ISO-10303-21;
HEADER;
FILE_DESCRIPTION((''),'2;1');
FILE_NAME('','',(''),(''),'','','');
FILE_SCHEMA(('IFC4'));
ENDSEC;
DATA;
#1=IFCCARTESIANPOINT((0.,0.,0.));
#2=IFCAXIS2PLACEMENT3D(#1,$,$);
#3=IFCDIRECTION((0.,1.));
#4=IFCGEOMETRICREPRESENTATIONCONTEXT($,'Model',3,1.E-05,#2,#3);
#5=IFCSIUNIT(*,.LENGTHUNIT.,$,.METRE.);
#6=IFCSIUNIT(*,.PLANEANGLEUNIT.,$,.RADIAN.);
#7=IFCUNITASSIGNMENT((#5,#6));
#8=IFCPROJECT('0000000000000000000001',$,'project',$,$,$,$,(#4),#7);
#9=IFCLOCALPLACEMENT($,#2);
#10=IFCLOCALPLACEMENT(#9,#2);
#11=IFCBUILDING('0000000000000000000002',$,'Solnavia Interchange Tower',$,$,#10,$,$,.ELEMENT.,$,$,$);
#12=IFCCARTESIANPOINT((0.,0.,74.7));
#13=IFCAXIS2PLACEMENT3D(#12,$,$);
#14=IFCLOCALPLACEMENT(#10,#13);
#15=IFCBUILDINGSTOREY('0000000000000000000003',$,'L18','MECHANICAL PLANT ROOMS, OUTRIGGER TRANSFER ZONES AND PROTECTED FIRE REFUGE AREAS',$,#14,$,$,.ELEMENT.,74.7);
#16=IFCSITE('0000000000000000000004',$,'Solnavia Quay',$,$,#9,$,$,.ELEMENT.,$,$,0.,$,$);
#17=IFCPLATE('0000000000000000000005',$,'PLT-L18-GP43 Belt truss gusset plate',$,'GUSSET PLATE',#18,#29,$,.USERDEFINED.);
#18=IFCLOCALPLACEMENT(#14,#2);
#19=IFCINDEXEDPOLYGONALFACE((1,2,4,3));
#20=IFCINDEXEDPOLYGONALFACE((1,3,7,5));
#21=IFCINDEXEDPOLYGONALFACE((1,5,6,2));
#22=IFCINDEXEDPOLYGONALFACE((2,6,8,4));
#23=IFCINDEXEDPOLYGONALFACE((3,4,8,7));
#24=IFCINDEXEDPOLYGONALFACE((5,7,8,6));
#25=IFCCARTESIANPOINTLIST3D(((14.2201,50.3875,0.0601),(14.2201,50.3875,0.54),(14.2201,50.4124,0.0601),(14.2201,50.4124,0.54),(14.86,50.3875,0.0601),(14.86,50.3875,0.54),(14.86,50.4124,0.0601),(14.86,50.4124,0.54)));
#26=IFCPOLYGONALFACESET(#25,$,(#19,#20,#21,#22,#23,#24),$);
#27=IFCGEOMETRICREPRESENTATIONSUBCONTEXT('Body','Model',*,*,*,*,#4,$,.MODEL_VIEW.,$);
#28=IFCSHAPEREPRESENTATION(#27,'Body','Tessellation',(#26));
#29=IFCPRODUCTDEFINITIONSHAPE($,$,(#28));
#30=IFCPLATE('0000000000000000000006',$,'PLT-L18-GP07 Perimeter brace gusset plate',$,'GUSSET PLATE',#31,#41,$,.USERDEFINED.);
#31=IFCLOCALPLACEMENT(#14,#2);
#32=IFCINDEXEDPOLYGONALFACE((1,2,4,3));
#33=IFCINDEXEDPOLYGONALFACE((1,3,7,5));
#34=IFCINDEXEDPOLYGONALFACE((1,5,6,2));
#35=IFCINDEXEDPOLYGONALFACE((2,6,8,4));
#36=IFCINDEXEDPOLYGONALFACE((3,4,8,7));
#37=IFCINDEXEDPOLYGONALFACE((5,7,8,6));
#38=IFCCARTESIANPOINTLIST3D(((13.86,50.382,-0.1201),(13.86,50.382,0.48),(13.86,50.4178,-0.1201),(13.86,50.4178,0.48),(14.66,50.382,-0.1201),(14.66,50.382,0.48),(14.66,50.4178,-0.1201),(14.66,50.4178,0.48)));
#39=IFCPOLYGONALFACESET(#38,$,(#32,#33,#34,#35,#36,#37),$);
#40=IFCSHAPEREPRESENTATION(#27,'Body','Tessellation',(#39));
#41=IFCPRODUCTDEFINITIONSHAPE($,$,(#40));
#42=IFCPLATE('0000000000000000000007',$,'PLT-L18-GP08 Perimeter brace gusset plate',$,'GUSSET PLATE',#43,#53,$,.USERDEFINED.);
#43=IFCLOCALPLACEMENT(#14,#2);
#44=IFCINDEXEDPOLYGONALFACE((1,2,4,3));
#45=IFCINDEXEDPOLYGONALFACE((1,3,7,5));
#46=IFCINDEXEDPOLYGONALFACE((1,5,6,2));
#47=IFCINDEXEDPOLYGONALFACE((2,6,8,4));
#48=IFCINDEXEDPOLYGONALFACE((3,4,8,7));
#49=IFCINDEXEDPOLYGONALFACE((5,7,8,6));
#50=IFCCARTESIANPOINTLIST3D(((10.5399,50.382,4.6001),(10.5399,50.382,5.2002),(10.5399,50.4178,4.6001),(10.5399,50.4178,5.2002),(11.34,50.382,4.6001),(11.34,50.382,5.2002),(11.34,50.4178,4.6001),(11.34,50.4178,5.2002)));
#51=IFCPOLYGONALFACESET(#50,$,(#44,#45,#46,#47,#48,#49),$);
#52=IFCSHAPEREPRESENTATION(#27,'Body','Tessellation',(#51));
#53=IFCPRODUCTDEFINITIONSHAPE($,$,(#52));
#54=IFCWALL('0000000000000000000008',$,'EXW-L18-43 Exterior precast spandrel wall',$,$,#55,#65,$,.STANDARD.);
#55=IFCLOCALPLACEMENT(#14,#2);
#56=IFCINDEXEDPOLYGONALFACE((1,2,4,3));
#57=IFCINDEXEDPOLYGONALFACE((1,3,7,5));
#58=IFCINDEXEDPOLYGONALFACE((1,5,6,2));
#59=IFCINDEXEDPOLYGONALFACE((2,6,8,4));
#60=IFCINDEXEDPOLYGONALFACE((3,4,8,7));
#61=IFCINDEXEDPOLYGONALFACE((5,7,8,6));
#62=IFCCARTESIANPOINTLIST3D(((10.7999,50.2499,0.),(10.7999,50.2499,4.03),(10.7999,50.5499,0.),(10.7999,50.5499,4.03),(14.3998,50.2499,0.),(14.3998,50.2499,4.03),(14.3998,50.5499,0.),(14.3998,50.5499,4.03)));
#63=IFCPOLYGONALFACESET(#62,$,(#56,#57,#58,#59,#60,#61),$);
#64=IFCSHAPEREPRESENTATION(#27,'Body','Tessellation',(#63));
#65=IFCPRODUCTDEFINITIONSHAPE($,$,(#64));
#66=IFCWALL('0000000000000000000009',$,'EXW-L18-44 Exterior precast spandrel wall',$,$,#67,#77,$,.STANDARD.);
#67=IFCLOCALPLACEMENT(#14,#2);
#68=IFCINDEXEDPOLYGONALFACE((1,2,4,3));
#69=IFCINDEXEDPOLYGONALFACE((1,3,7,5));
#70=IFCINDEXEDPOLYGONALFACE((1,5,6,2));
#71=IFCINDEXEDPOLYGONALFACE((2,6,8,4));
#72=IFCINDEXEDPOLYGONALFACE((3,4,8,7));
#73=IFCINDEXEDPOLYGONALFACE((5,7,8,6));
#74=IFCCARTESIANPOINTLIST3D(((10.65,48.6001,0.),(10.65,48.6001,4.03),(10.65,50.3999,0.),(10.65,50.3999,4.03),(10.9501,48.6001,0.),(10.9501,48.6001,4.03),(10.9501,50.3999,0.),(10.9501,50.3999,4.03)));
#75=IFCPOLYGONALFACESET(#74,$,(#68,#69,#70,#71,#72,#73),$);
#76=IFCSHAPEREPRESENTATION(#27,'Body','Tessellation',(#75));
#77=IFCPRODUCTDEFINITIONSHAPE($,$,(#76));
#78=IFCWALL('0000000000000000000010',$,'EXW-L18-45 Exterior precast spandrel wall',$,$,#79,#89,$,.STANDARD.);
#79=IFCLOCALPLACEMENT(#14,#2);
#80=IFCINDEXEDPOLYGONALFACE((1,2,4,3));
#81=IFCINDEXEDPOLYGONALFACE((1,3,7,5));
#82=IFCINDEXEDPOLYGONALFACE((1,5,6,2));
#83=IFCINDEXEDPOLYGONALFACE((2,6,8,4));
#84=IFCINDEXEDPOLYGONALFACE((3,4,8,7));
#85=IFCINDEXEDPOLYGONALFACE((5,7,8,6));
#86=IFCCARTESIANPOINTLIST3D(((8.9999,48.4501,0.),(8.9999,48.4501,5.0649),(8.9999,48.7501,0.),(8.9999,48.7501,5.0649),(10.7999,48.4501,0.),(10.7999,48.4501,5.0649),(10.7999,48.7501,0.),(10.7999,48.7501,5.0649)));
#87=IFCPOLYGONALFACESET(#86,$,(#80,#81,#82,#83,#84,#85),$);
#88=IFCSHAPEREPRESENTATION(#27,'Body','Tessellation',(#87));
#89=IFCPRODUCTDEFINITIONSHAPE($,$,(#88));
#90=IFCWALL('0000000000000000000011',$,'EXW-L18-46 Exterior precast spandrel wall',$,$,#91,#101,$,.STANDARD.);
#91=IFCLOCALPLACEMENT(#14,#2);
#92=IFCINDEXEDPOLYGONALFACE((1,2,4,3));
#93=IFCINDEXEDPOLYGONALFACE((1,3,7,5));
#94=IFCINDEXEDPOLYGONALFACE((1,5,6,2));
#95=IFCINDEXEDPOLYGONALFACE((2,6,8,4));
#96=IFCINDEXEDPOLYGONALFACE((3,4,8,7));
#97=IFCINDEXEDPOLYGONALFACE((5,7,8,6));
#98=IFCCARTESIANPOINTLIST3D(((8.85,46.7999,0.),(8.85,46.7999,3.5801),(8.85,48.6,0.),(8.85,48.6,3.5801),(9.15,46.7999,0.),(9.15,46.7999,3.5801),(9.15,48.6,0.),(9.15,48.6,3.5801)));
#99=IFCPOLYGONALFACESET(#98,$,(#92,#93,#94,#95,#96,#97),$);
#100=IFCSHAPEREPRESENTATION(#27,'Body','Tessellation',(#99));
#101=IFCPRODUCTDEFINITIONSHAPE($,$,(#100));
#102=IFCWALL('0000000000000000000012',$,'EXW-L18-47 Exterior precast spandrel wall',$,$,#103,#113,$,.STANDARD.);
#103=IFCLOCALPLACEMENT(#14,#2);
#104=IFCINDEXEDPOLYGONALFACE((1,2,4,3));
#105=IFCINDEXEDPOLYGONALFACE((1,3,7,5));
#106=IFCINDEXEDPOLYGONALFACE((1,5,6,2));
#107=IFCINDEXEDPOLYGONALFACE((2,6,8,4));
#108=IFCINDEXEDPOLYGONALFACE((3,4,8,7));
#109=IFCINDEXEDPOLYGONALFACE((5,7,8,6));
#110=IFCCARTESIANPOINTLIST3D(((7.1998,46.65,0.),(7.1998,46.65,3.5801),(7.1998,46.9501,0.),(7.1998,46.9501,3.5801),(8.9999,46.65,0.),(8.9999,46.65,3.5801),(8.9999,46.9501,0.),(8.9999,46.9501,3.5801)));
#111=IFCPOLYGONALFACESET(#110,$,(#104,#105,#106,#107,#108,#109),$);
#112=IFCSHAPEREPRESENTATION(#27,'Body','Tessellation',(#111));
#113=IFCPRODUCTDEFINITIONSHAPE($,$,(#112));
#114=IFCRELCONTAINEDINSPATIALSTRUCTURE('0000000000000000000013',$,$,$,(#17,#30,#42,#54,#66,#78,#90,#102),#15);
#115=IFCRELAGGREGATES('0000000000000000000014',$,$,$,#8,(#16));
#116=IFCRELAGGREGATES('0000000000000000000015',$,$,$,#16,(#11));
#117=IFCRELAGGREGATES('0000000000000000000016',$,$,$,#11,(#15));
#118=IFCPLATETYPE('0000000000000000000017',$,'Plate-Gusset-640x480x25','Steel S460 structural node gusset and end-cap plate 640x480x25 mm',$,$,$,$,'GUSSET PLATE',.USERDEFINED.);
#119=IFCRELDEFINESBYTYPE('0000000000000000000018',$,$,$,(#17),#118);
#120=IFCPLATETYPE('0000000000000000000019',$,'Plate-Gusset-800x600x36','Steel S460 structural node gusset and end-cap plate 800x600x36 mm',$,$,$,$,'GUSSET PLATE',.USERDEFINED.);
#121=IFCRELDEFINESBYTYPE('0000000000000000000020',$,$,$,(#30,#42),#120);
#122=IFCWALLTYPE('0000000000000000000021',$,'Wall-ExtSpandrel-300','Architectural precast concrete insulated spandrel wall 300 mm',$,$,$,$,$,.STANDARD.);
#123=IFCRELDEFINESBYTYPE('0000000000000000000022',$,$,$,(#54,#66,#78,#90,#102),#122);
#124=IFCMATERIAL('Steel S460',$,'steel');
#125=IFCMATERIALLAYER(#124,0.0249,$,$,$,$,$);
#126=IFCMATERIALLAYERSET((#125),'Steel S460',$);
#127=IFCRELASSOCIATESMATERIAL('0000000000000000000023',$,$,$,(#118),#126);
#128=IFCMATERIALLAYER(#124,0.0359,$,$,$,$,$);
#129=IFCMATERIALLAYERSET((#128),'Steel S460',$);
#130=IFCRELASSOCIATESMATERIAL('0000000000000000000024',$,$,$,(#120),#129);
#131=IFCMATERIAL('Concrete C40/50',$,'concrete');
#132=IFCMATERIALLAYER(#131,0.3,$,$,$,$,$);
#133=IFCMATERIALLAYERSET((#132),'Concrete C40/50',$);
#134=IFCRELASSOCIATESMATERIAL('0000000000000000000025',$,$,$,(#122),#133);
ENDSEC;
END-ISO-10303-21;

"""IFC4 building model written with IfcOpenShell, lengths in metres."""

from ifc_helpers import new_model, si_unit, direction, frame, frame_2d, origin, origin_2d, place, context, subcontext, project, spatial, rectangle, extrude, material, layer, layer_set, type_object, element, save


model = new_model("IFC4")

# Units and contexts
model_context = context("Model", 3, precision=1e-05, world=origin(), true_north=direction((0.0, 1.0)))
body_context = subcontext(model_context, "Body", "Model", "MODEL_VIEW")
ifc_project = project(units=[si_unit("LENGTHUNIT", "METRE"), si_unit("PLANEANGLEUNIT", "RADIAN")], contexts=[model_context])

# Site, building, storey
site_placement = place(None, origin())
site = spatial("IfcSite", under=ifc_project, at=site_placement, Name="Solnavia Quay", CompositionType="ELEMENT", RefElevation=0.0)
building_placement = place(site_placement, origin())
building = spatial("IfcBuilding", under=site, at=building_placement, Name="Solnavia Interchange Tower", CompositionType="ELEMENT")
storey_placement = place(building_placement, frame((0.0, 0.0, 74.7)))
storey = spatial("IfcBuildingStorey", under=building, at=storey_placement, Name="L18", Description="MECHANICAL PLANT ROOMS, OUTRIGGER TRANSFER ZONES AND PROTECTED FIRE REFUGE AREAS", CompositionType="ELEMENT", Elevation=74.7)

# Shared definitions
ifc_material_1 = material(Name="Steel S460", Category="steel")

# Plates
ifc_layer_1 = layer(ifc_material_1, 0.0249)
ifc_layer_set_1 = layer_set([ifc_layer_1], Name="Steel S460")
plate_type_1 = type_object("IfcPlateType", Name="Plate-Gusset-640x480x25", Description="Steel S460 structural node gusset and end-cap plate 640x480x25 mm", ElementType="GUSSET PLATE", PredefinedType="USERDEFINED", material=ifc_layer_set_1)
plate_1_placement = place(storey_placement, frame((14.54, 50.3999, 0.0601), z_axis=(0.0, 0.0, 1.0), x_axis=(1.0, 0.0, 0.0)))
element("IfcPlate", 1, at=plate_1_placement, inside=storey, type_object=plate_type_1, Name="PLT-L18-GP43 Belt truss gusset plate", ObjectType="GUSSET PLATE", PredefinedType="USERDEFINED", context=body_context, shape_type="SweptSolid", body=[
    extrude(rectangle(XDim=0.6399, YDim=0.0249, at=origin_2d()), origin(), (0.0, 0.0, 1.0), 0.48),
])
ifc_layer_2 = layer(ifc_material_1, 0.0359)
ifc_layer_set_2 = layer_set([ifc_layer_2], Name="Steel S460")
plate_type_2 = type_object("IfcPlateType", Name="Plate-Gusset-800x600x36", Description="Steel S460 structural node gusset and end-cap plate 800x600x36 mm", ElementType="GUSSET PLATE", PredefinedType="USERDEFINED", material=ifc_layer_set_2)
for number, where, z_axis, x_axis, name in (
    (2, (14.26, 50.3999, -0.1201), (0.0, 0.0, 1.0), (-1.0, 0.0, 0.0), "PLT-L18-GP07 Perimeter brace gusset plate"),
    (3, (10.9399, 50.3999, 4.6001), (0.0, 0.0, 1.0), (-1.0, 0.0, 0.0), "PLT-L18-GP08 Perimeter brace gusset plate"),
):
    element("IfcPlate", number, at=place(storey_placement, frame(where, z_axis=z_axis, x_axis=x_axis)), inside=storey, type_object=plate_type_2, Name=name, ObjectType="GUSSET PLATE", PredefinedType="USERDEFINED", context=body_context, shape_type="SweptSolid", body=[
        extrude(rectangle(XDim=0.8, YDim=0.0359, at=origin_2d()), origin(), (0.0, 0.0, 1.0), 0.6001),
    ])

# Walls
ifc_material_2 = material(Name="Concrete C40/50", Category="concrete")
ifc_layer_3 = layer(ifc_material_2, 0.3)
ifc_layer_set_3 = layer_set([ifc_layer_3], Name="Concrete C40/50")
wall_type = type_object("IfcWallType", Name="Wall-ExtSpandrel-300", Description="Architectural precast concrete insulated spandrel wall 300 mm", PredefinedType="STANDARD", material=ifc_layer_set_3)
wall_1_placement = place(storey_placement, frame((10.8, 50.3999, 0.0), z_axis=(0.0, 0.0, 1.0), x_axis=(1.0, 0.0, 0.0)))
element("IfcWall", 4, at=wall_1_placement, inside=storey, type_object=wall_type, Name="EXW-L18-43 Exterior precast spandrel wall", PredefinedType="STANDARD", context=body_context, shape_type="SweptSolid", body=[
    extrude(rectangle(XDim=3.5999, YDim=0.3, at=frame_2d((1.7998, 0.0))), origin(), (0.0, 0.0, 1.0), 4.03),
])
wall_2_placement = place(storey_placement, frame((10.8, 48.6001, 0.0), z_axis=(0.0, 0.0, 1.0), x_axis=(0.0, 1.0, 0.0)))
element("IfcWall", 5, at=wall_2_placement, inside=storey, type_object=wall_type, Name="EXW-L18-44 Exterior precast spandrel wall", PredefinedType="STANDARD", context=body_context, shape_type="SweptSolid", body=[
    extrude(rectangle(XDim=1.7998, YDim=0.3, at=frame_2d((0.8999, 0.0))), origin(), (0.0, 0.0, 1.0), 4.03),
])
wall_3_placement = place(storey_placement, frame((9.0, 48.6001, 0.0), z_axis=(0.0, 0.0, 1.0), x_axis=(1.0, 0.0, 0.0)))
element("IfcWall", 6, at=wall_3_placement, inside=storey, type_object=wall_type, Name="EXW-L18-45 Exterior precast spandrel wall", PredefinedType="STANDARD", context=body_context, shape_type="SweptSolid", body=[
    extrude(rectangle(XDim=1.8, YDim=0.3, at=frame_2d((0.8999, 0.0))), origin(), (0.0, 0.0, 1.0), 5.0649),
])
for number, where, z_axis, x_axis, name in (
    (7, (9.0, 46.8, 0.0), (0.0, 0.0, 1.0), (0.0, 1.0, 0.0), "EXW-L18-46 Exterior precast spandrel wall"),
    (8, (7.2, 46.8, 0.0), (0.0, 0.0, 1.0), (1.0, 0.0, 0.0), "EXW-L18-47 Exterior precast spandrel wall"),
):
    element("IfcWall", number, at=place(storey_placement, frame(where, z_axis=z_axis, x_axis=x_axis)), inside=storey, type_object=wall_type, Name=name, PredefinedType="STANDARD", context=body_context, shape_type="SweptSolid", body=[
        extrude(rectangle(XDim=1.8, YDim=0.3, at=frame_2d((0.8999, 0.0))), origin(), (0.0, 0.0, 1.0), 3.5801),
    ])

save(model, "model.ifc")
